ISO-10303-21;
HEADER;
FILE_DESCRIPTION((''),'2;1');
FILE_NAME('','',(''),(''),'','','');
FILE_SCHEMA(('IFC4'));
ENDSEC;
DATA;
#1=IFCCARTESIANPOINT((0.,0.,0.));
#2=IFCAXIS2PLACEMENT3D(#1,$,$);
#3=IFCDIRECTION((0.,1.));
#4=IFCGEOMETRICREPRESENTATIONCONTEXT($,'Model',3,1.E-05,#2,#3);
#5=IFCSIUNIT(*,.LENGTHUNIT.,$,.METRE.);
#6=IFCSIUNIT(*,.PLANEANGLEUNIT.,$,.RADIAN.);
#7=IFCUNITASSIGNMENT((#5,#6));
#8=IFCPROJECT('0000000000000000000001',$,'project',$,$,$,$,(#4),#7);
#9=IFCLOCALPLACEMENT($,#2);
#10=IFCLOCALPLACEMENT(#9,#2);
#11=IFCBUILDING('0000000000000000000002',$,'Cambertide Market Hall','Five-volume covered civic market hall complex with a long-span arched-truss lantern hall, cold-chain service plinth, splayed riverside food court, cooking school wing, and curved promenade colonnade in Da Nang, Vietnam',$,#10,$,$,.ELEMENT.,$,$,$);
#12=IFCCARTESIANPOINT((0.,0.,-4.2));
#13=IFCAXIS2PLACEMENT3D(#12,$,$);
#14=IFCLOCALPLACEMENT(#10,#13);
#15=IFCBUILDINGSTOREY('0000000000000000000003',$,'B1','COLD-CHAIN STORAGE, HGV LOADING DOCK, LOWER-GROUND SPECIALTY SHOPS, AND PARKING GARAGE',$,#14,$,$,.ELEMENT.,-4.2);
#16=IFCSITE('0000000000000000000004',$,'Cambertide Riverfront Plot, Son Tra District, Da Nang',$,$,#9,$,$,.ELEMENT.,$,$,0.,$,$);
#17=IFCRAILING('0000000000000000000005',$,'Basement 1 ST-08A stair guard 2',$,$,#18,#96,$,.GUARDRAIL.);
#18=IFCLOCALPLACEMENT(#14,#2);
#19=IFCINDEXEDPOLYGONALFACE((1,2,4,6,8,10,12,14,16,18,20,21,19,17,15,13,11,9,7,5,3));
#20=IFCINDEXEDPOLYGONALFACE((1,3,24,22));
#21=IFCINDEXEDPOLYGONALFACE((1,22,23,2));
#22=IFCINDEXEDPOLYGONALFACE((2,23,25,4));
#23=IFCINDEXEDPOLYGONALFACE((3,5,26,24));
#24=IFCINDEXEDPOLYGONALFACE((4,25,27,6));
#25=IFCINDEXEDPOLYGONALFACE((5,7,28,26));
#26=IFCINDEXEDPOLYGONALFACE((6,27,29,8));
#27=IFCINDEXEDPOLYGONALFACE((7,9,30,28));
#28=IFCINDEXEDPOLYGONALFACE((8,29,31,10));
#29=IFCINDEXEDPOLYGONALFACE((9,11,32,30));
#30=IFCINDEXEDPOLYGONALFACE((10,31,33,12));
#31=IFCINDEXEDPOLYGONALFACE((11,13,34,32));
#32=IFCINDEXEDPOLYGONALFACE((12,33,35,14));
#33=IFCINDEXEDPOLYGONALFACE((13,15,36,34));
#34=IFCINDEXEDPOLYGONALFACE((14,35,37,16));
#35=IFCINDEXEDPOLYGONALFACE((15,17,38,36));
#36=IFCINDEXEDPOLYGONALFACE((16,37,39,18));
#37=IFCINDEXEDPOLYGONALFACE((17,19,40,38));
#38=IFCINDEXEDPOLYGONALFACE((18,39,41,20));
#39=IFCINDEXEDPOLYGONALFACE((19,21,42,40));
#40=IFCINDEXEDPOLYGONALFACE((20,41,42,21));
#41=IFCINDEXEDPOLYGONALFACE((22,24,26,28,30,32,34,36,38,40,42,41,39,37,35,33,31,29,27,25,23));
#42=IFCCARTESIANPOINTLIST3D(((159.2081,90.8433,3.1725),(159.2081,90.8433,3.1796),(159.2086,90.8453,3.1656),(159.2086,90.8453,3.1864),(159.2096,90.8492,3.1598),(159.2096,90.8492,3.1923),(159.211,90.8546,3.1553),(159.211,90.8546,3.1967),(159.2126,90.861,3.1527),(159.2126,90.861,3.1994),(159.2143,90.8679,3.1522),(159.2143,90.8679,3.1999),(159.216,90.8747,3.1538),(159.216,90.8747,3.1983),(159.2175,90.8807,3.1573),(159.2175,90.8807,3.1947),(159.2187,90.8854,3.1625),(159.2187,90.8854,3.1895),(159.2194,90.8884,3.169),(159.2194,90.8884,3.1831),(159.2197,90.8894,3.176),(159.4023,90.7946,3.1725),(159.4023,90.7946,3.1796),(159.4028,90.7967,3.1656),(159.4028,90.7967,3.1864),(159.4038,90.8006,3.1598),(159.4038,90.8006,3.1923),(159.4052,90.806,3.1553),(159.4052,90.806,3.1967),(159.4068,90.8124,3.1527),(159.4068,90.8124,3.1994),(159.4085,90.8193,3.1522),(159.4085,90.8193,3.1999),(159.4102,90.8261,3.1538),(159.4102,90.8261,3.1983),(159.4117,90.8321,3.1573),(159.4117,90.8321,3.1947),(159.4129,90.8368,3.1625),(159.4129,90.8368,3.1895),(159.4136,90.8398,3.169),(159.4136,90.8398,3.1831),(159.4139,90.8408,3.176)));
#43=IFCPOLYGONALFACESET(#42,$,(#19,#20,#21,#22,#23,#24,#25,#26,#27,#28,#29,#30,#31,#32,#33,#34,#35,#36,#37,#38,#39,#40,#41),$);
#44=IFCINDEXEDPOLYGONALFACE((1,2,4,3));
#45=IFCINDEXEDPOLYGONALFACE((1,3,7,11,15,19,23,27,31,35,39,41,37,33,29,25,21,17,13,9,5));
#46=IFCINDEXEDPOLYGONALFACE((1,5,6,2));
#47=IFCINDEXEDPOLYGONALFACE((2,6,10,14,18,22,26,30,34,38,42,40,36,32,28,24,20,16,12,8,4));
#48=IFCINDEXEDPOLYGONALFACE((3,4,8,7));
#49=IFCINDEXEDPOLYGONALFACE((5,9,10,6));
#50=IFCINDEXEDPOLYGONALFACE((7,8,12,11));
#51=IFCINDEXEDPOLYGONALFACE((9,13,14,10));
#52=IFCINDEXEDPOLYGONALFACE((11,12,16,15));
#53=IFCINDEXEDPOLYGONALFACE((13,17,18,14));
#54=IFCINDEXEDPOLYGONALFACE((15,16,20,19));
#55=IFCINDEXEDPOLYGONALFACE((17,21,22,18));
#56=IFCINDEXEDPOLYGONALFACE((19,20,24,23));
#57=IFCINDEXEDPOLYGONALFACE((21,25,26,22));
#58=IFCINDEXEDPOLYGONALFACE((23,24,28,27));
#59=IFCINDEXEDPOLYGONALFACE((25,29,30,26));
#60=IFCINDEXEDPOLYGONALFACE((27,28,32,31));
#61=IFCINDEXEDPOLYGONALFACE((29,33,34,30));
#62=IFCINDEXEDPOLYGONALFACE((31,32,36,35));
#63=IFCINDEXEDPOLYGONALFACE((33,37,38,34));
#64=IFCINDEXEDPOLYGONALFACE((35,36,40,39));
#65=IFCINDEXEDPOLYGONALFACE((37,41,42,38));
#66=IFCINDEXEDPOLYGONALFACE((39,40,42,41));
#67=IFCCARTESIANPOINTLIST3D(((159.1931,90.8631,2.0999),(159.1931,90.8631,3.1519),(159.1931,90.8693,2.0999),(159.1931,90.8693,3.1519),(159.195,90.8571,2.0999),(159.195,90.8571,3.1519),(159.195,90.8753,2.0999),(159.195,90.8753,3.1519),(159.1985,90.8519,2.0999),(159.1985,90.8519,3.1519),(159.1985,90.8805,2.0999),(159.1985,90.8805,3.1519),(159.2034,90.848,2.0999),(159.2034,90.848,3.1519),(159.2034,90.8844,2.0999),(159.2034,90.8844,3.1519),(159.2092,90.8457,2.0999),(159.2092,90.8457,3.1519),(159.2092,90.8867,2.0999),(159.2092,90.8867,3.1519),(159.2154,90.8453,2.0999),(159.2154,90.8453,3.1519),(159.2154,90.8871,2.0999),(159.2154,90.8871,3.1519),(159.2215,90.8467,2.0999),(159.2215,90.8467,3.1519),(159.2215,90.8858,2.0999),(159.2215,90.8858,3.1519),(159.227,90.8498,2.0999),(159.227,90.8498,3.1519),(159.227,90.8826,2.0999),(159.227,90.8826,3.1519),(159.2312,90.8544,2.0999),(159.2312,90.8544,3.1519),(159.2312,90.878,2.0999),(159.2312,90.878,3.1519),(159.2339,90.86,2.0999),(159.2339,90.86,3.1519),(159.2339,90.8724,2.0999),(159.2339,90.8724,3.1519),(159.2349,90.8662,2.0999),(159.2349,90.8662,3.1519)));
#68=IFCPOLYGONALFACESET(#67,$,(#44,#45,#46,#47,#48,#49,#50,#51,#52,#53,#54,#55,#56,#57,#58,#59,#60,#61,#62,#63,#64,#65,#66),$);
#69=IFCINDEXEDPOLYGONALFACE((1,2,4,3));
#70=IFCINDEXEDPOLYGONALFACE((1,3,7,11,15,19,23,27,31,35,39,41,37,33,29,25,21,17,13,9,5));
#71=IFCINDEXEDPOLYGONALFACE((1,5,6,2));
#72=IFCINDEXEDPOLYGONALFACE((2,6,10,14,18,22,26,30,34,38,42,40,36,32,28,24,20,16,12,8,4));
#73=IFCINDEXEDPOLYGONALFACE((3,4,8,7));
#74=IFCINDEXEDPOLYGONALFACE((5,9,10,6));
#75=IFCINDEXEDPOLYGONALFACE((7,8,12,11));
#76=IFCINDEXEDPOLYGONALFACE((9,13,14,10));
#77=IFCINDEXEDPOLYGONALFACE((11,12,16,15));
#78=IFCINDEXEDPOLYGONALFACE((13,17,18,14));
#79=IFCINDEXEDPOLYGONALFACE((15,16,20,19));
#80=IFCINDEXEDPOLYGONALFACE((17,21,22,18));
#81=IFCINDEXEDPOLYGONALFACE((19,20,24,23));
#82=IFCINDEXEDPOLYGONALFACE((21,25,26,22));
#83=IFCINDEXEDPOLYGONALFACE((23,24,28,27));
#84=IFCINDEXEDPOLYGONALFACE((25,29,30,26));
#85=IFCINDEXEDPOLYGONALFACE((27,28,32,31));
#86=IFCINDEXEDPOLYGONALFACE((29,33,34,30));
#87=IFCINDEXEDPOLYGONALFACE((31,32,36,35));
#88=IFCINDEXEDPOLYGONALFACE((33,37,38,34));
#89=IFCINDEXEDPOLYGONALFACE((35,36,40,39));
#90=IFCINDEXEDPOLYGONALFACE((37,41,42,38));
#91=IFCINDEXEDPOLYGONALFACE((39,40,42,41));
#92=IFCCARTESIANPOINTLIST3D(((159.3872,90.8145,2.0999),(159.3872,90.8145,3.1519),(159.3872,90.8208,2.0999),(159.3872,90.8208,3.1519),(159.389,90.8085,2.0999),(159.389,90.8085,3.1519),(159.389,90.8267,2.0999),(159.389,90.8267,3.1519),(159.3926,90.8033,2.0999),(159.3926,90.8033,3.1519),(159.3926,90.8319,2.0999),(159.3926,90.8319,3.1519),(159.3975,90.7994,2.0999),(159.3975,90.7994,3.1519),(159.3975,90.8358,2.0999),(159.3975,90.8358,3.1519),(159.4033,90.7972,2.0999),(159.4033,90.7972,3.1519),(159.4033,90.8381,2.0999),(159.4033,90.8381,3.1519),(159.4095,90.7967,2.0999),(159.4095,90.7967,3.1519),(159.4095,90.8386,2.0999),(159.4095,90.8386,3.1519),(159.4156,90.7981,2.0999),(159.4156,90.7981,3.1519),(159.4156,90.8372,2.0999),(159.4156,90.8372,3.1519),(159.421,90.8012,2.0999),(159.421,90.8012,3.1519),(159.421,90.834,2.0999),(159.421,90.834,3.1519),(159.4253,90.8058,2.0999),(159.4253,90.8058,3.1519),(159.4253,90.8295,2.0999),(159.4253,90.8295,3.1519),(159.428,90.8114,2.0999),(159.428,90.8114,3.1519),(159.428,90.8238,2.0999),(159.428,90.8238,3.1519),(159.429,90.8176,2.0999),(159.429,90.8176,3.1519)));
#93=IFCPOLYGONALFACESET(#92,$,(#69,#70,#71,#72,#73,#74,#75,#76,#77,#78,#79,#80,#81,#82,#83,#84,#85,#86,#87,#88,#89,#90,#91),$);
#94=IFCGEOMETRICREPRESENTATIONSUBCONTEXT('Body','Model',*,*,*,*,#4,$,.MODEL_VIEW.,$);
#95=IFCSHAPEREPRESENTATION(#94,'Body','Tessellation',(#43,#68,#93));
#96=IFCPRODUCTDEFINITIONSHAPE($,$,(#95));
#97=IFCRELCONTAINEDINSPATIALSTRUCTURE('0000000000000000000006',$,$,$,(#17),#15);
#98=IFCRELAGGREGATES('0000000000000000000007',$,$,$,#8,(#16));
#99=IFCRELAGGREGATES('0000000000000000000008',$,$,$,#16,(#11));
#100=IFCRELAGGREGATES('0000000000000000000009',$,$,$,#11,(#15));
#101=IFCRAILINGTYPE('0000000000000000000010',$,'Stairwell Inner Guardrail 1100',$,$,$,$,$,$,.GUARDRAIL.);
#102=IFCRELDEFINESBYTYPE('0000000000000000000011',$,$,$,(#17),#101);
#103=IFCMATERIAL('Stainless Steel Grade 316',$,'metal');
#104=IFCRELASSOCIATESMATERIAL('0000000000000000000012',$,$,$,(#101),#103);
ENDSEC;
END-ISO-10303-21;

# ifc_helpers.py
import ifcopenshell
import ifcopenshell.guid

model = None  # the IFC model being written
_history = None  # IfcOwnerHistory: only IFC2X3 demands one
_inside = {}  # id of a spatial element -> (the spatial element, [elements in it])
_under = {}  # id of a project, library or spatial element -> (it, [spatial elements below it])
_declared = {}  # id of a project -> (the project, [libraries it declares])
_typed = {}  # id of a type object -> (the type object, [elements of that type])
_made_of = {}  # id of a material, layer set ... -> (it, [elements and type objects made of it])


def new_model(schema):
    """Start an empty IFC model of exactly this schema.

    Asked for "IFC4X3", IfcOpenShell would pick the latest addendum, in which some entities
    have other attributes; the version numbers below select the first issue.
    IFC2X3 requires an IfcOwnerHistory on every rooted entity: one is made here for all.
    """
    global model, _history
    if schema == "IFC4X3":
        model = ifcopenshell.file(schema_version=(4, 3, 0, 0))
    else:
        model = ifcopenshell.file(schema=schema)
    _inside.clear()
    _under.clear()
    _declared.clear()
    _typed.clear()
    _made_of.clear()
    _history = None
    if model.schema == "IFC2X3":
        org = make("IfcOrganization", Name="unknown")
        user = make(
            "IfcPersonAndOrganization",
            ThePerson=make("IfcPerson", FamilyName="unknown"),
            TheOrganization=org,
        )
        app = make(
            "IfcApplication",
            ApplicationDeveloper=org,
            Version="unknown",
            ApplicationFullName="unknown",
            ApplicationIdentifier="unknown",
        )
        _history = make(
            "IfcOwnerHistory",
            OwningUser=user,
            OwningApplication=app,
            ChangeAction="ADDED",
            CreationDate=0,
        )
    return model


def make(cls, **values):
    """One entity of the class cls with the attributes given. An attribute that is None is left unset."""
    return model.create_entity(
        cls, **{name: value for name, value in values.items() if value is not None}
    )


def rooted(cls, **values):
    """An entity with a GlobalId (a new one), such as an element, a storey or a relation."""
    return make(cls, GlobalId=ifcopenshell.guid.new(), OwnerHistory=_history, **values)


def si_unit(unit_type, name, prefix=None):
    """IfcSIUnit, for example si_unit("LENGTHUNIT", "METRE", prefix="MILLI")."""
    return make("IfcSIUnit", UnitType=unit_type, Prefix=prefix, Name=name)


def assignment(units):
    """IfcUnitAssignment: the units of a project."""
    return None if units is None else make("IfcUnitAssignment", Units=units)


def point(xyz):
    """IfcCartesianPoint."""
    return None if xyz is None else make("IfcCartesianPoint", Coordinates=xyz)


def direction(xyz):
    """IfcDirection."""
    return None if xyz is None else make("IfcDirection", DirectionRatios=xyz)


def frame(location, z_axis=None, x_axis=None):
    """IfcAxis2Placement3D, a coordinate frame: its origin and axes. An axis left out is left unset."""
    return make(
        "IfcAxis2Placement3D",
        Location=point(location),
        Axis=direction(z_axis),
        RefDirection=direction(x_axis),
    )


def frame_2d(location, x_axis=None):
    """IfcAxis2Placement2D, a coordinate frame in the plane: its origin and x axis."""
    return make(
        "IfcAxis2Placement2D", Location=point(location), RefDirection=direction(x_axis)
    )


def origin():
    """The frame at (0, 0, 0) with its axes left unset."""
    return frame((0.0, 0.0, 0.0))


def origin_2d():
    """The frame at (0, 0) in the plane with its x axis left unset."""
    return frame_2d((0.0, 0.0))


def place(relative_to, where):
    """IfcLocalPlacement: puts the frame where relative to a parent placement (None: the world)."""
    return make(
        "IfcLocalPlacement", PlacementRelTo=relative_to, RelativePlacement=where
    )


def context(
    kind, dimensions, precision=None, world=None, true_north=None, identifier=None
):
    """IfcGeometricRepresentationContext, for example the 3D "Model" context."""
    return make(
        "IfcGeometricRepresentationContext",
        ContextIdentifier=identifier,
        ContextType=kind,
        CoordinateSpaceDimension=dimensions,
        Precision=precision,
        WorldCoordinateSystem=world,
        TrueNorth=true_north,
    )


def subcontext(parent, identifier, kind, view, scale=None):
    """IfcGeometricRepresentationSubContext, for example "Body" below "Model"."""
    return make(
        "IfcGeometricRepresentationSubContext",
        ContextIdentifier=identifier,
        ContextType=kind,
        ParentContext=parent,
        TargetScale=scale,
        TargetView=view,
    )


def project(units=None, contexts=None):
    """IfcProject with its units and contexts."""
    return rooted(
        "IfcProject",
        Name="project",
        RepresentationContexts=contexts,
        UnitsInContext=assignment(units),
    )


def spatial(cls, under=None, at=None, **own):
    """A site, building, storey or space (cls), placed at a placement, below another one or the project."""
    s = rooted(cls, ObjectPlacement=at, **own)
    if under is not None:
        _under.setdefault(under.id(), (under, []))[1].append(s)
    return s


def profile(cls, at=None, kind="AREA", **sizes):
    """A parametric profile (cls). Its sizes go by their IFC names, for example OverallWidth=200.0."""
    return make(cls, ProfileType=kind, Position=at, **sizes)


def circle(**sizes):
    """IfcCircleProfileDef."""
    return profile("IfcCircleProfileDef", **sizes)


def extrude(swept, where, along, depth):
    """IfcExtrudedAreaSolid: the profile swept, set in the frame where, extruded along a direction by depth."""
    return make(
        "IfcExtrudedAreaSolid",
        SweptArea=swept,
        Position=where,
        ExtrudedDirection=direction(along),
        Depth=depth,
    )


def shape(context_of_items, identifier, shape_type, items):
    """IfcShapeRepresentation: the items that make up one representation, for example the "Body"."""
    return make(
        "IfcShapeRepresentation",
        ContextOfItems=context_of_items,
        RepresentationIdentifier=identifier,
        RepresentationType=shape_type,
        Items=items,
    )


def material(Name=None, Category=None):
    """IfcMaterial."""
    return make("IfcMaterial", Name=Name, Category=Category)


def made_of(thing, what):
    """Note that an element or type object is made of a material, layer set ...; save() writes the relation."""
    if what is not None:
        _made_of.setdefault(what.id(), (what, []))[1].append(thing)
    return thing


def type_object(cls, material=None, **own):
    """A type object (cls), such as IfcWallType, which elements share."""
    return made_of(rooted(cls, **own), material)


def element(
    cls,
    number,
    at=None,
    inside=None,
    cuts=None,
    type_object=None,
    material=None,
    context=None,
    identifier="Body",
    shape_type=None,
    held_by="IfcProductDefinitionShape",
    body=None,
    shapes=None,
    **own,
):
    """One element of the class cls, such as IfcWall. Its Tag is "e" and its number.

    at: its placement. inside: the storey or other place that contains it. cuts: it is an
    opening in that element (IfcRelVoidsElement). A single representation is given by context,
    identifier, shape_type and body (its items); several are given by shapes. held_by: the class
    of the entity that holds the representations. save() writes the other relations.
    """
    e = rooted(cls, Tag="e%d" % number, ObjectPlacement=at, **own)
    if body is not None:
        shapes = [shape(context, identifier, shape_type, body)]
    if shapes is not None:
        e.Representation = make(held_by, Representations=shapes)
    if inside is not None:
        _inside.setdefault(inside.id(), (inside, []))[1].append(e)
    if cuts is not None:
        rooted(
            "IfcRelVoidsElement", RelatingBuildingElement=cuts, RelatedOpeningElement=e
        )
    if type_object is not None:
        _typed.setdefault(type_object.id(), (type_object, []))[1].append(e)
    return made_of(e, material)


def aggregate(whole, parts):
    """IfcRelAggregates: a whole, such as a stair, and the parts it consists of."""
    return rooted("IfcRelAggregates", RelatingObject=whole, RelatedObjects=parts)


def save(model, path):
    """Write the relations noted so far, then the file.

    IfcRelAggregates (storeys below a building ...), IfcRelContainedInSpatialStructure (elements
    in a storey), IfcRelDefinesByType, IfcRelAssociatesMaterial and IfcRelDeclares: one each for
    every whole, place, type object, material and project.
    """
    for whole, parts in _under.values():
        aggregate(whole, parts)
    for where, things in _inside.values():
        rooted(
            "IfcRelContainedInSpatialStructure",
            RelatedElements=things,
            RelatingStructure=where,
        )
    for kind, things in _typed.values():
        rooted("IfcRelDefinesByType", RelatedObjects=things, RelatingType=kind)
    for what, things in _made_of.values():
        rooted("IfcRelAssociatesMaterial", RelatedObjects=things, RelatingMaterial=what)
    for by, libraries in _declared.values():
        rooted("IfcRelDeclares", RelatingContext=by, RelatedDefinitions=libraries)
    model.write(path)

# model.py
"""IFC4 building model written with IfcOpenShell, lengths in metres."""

from ifc_helpers import new_model, si_unit, direction, frame, origin, origin_2d, place, context, subcontext, project, spatial, circle, extrude, material, type_object, element, save


model = new_model("IFC4")

# Units and contexts
model_context = context("Model", 3, precision=1e-05, world=origin(), true_north=direction((0.0, 1.0)))
body_context = subcontext(model_context, "Body", "Model", "MODEL_VIEW")
ifc_project = project(units=[si_unit("LENGTHUNIT", "METRE"), si_unit("PLANEANGLEUNIT", "RADIAN")], contexts=[model_context])

# Site, building, storey
site_placement = place(None, origin())
site = spatial("IfcSite", under=ifc_project, at=site_placement, Name="Cambertide Riverfront Plot, Son Tra District, Da Nang", CompositionType="ELEMENT", RefElevation=0.0)
building_placement = place(site_placement, origin())
building = spatial("IfcBuilding", under=site, at=building_placement, Name="Cambertide Market Hall", Description="Five-volume covered civic market hall complex with a long-span arched-truss lantern hall, cold-chain service plinth, splayed riverside food court, cooking school wing, and curved promenade colonnade in Da Nang, Vietnam", CompositionType="ELEMENT")
storey_placement = place(building_placement, frame((0.0, 0.0, -4.2)))
storey = spatial("IfcBuildingStorey", under=building, at=storey_placement, Name="B1", Description="COLD-CHAIN STORAGE, HGV LOADING DOCK, LOWER-GROUND SPECIALTY SHOPS, AND PARKING GARAGE", CompositionType="ELEMENT", Elevation=-4.2)

# Railing
ifc_material_1 = material(Name="Stainless Steel Grade 316", Category="metal")
railing_type_1 = type_object("IfcRailingType", Name="Stairwell Inner Guardrail 1100", PredefinedType="GUARDRAIL", material=ifc_material_1)
railing_1_placement = place(storey_placement, frame((159.2139, 90.8662, 2.0999)))
element("IfcRailing", 1, at=railing_1_placement, inside=storey, type_object=railing_type_1, Name="Basement 1 ST-08A stair guard 2", PredefinedType="GUARDRAIL", context=body_context, shape_type="SweptSolid", body=[
    extrude(circle(Radius=0.0239, at=origin_2d()), frame((0.0, 0.0, 1.0762), z_axis=(0.970071, -0.242823, 0.0), x_axis=(0.242823, 0.970071, 0.0)), (0.0, 0.0, 1.0), 0.2002),
    extrude(circle(Radius=0.021, at=origin_2d()), origin(), (0.0, 0.0, 1.0), 1.052),
    extrude(circle(Radius=0.021, at=origin_2d()), frame((0.1941, -0.0486, 0.0)), (0.0, 0.0, 1.0), 1.052),
])

save(model, "model.ifc")
